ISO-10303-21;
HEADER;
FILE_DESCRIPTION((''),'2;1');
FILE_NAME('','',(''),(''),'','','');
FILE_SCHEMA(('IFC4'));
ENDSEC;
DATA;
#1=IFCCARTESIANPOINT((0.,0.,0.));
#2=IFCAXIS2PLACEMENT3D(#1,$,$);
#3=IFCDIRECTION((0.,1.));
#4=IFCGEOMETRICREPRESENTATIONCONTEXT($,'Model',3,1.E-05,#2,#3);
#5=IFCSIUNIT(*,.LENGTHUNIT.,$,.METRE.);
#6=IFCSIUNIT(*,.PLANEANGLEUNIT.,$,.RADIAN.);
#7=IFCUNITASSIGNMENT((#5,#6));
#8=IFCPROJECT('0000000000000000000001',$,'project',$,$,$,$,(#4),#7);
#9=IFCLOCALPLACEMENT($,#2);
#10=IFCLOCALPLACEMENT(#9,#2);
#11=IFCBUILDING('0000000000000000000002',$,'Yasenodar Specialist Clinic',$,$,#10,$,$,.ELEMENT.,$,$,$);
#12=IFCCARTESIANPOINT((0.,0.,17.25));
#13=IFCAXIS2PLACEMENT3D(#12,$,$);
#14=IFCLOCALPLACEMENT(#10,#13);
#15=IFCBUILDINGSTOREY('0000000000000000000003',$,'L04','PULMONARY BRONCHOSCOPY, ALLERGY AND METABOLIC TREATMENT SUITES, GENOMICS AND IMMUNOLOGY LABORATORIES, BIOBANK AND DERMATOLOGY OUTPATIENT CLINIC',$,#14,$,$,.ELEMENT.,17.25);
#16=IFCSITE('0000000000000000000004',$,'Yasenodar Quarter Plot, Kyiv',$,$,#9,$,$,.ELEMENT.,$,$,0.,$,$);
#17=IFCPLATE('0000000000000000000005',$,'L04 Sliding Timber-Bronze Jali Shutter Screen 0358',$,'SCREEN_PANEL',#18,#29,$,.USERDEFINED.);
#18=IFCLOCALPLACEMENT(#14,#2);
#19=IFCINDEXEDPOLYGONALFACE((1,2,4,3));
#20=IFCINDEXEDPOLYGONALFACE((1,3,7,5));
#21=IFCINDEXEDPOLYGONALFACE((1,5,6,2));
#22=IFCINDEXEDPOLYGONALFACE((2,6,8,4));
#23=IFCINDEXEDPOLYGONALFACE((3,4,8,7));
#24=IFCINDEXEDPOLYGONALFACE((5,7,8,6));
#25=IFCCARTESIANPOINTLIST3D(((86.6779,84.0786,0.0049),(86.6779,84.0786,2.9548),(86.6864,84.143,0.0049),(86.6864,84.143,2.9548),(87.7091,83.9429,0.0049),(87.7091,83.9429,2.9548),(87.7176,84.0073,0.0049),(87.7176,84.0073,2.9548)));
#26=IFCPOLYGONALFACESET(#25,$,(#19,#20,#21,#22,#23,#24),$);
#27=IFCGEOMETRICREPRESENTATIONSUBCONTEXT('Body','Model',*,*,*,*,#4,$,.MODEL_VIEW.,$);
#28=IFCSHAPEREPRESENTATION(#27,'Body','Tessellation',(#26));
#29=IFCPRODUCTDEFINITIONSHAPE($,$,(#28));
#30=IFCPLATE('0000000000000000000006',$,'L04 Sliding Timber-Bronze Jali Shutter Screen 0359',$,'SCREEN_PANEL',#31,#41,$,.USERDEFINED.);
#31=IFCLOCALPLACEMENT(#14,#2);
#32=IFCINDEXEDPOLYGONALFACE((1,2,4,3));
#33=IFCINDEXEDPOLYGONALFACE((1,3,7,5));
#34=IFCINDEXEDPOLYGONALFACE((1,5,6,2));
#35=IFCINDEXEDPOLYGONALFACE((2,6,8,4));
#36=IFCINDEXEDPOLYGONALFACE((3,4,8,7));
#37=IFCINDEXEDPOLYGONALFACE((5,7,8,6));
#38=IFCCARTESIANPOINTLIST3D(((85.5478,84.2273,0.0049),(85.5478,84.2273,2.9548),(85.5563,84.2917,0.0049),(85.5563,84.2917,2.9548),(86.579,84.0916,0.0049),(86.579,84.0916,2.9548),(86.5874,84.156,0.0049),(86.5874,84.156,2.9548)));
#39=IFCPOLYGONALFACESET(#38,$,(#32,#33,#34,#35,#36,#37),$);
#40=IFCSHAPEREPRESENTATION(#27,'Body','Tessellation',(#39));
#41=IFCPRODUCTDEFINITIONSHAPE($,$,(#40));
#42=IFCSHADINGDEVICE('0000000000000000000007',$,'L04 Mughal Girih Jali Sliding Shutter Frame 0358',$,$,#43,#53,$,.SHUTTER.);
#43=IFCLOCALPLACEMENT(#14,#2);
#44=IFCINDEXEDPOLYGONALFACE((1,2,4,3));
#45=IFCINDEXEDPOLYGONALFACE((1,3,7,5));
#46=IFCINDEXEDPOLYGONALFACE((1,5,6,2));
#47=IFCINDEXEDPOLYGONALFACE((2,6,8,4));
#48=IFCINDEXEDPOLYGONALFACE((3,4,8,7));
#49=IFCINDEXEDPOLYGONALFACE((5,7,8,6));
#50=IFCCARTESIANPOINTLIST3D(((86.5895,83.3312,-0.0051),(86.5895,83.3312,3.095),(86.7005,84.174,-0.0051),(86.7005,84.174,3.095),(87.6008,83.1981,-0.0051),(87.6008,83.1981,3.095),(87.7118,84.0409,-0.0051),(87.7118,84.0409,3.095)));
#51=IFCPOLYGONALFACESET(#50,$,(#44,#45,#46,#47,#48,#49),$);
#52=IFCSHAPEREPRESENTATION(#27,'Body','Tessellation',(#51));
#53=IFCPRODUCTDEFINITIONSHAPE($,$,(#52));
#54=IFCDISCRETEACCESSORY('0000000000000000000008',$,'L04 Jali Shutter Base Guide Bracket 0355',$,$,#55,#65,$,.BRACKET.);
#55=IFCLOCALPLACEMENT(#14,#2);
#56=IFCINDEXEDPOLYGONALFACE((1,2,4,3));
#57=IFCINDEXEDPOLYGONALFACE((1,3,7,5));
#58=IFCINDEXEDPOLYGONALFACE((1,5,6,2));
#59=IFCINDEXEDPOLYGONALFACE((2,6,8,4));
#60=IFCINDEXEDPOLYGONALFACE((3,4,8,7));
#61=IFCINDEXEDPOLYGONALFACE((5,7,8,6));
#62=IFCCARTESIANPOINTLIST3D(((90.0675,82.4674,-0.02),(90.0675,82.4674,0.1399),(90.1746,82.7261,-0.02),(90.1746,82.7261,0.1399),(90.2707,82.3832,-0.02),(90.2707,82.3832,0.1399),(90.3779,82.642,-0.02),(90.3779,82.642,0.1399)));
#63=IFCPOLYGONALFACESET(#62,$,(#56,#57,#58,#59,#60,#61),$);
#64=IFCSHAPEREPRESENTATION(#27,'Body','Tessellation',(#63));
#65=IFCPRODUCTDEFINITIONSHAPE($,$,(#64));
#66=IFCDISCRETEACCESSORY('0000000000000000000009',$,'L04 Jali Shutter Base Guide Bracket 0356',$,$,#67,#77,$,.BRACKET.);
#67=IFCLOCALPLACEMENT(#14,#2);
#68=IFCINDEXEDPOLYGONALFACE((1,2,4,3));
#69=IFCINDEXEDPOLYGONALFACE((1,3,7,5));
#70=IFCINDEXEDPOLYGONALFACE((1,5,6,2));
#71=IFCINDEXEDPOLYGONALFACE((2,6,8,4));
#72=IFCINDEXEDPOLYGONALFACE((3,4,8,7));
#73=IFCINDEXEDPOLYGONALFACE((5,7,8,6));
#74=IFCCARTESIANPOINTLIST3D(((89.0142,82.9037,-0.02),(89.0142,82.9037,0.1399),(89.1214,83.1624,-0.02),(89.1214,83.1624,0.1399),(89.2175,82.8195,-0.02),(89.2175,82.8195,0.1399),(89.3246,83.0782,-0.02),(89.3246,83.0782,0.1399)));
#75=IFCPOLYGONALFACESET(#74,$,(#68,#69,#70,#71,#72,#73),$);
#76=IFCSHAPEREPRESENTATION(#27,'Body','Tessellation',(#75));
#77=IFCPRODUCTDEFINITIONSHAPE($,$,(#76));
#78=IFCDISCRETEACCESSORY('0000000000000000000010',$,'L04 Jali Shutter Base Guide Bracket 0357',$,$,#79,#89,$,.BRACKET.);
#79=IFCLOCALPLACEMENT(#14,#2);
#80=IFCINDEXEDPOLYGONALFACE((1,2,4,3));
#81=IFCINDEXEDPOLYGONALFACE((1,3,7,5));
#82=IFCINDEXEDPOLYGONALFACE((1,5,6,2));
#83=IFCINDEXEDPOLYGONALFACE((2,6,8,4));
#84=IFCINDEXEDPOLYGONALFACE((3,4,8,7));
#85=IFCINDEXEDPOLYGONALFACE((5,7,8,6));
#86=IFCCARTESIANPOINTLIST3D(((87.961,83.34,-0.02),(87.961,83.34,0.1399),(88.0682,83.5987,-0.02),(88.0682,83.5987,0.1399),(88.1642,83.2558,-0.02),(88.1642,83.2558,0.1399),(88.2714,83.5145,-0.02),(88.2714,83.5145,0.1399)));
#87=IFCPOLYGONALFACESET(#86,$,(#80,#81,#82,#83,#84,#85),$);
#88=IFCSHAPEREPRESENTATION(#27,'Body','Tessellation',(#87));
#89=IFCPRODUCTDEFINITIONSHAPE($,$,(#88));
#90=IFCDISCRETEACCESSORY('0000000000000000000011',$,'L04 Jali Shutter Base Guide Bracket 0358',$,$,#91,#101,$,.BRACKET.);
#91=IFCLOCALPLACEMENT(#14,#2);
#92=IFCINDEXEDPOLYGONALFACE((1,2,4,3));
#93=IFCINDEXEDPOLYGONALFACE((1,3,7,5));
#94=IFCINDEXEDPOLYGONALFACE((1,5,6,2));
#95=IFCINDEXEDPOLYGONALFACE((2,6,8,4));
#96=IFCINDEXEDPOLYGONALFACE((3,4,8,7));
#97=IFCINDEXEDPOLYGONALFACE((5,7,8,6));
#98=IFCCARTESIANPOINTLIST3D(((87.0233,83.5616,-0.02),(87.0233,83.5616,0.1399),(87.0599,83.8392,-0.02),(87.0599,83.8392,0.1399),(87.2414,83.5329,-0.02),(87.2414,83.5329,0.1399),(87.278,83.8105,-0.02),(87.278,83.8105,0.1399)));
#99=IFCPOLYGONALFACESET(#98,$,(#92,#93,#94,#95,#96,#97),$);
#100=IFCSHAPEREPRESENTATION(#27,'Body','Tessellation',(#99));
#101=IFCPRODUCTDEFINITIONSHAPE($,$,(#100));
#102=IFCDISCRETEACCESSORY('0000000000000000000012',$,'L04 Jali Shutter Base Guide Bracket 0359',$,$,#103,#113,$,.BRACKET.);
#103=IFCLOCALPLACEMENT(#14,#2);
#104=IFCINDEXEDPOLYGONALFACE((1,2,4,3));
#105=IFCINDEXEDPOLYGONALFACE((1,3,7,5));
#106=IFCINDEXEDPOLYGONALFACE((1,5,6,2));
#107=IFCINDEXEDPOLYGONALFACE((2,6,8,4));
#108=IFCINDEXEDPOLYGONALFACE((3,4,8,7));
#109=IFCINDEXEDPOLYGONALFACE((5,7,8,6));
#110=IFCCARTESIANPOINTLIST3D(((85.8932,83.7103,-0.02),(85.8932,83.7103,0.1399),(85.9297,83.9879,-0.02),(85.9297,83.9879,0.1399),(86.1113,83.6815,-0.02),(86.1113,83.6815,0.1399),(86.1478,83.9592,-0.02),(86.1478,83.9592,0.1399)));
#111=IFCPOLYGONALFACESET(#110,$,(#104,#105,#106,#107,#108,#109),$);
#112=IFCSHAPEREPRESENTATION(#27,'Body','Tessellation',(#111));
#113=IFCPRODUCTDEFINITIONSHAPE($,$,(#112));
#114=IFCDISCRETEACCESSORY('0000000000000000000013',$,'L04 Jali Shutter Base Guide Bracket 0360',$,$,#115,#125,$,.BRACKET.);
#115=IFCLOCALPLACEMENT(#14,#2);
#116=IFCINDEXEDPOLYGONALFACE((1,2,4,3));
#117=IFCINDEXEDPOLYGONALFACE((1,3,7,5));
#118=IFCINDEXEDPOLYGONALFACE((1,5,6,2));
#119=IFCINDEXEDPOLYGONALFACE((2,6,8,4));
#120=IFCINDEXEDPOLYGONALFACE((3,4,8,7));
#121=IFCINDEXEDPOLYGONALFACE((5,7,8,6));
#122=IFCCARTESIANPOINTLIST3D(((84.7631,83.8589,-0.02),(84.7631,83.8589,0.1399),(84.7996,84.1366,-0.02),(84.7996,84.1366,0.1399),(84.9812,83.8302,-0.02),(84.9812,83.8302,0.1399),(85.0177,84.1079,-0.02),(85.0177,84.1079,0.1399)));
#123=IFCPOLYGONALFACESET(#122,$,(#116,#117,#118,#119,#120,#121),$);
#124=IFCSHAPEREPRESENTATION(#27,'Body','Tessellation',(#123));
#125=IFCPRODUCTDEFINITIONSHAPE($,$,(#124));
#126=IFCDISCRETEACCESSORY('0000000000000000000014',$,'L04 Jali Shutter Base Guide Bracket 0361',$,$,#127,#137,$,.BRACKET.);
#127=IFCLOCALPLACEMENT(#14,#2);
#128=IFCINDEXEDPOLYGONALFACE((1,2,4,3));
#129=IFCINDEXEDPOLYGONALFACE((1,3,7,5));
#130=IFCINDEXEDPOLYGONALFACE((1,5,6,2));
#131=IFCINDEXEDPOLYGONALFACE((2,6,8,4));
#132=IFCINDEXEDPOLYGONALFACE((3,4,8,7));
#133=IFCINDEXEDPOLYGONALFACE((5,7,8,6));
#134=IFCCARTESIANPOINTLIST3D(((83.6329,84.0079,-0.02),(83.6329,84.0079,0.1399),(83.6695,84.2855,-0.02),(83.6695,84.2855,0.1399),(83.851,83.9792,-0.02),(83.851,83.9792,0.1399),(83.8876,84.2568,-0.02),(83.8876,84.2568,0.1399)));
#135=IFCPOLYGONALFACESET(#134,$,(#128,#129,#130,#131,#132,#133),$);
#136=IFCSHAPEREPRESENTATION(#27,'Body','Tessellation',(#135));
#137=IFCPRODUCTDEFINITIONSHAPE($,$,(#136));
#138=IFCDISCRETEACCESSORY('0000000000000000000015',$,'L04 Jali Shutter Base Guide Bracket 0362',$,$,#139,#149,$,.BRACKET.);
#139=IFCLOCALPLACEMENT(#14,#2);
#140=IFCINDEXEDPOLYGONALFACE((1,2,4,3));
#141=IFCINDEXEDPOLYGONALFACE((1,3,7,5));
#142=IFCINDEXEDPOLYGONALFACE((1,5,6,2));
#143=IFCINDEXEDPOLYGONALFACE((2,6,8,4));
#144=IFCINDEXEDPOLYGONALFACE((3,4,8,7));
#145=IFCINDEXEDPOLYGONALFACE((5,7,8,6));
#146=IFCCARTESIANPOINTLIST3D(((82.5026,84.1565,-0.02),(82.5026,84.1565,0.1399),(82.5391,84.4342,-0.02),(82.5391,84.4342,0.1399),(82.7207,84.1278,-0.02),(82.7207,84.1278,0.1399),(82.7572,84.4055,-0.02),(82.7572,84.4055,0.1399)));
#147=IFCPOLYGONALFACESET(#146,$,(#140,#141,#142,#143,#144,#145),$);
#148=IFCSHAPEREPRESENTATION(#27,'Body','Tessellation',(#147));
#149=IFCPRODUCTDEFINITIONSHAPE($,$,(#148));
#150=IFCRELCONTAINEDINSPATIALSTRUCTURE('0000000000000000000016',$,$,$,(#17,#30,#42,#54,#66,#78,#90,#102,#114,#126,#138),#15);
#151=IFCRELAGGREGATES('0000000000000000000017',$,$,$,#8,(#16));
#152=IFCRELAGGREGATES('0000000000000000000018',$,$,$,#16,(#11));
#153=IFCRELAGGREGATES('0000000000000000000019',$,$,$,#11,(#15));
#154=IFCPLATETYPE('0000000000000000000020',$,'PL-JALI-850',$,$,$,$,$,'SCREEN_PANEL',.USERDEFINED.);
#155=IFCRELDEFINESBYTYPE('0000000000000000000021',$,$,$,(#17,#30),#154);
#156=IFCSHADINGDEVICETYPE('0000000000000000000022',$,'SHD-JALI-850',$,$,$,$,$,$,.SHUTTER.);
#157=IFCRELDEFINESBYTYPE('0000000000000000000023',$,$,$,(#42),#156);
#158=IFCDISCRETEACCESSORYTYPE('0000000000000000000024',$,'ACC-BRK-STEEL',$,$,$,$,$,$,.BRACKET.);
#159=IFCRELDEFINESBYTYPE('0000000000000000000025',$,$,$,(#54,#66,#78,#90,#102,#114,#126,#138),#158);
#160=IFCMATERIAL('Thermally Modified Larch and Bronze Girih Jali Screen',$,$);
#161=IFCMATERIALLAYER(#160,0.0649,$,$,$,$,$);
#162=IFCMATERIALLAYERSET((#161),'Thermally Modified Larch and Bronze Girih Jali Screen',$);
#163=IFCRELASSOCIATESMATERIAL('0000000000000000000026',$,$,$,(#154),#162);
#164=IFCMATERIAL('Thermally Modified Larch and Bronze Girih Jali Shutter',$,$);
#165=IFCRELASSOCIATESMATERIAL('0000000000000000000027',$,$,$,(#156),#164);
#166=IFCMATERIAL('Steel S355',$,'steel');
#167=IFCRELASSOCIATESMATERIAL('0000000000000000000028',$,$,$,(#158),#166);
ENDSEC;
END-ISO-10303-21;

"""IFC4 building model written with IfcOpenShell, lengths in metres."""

from ifc_helpers import new_model, si_unit, direction, frame, origin, origin_2d, place, context, subcontext, project, spatial, rectangle, extrude, material, layer, layer_set, type_object, element, save


model = new_model("IFC4")

# Units and contexts
model_context = context("Model", 3, precision=1e-05, world=origin(), true_north=direction((0.0, 1.0)))
body_context = subcontext(model_context, "Body", "Model", "MODEL_VIEW")
ifc_project = project(units=[si_unit("LENGTHUNIT", "METRE"), si_unit("PLANEANGLEUNIT", "RADIAN")], contexts=[model_context])

# Site, building, storey
site_placement = place(None, origin())
site = spatial("IfcSite", under=ifc_project, at=site_placement, Name="Yasenodar Quarter Plot, Kyiv", CompositionType="ELEMENT", RefElevation=0.0)
building_placement = place(site_placement, origin())
building = spatial("IfcBuilding", under=site, at=building_placement, Name="Yasenodar Specialist Clinic", CompositionType="ELEMENT")
storey_placement = place(building_placement, frame((0.0, 0.0, 17.25)))
storey = spatial("IfcBuildingStorey", under=building, at=storey_placement, Name="L04", Description="PULMONARY BRONCHOSCOPY, ALLERGY AND METABOLIC TREATMENT SUITES, GENOMICS AND IMMUNOLOGY LABORATORIES, BIOBANK AND DERMATOLOGY OUTPATIENT CLINIC", CompositionType="ELEMENT", Elevation=17.25)

# Plates
ifc_material_1 = material(Name="Thermally Modified Larch and Bronze Girih Jali Screen")
ifc_layer_1 = layer(ifc_material_1, 0.0649)
ifc_layer_set_1 = layer_set([ifc_layer_1], Name="Thermally Modified Larch and Bronze Girih Jali Screen")
plate_type_1 = type_object("IfcPlateType", Name="PL-JALI-850", ElementType="SCREEN_PANEL", PredefinedType="USERDEFINED", material=ifc_layer_set_1)
for number, where, z_axis, x_axis, name in (
    (1, (87.1978, 84.043, 0.0049), (0.0, 0.0, 1.0), (-0.991446, 0.130519, 0.0), "L04 Sliding Timber-Bronze Jali Shutter Screen 0358"),
    (2, (86.0676, 84.1917, 0.0049), (0.0, 0.0, 1.0), (-0.991446, 0.130519, 0.0), "L04 Sliding Timber-Bronze Jali Shutter Screen 0359"),
):
    element("IfcPlate", number, at=place(storey_placement, frame(where, z_axis=z_axis, x_axis=x_axis)), inside=storey, type_object=plate_type_1, Name=name, ObjectType="SCREEN_PANEL", PredefinedType="USERDEFINED", context=body_context, shape_type="SweptSolid", body=[
        extrude(rectangle(XDim=1.04, YDim=0.0649, at=origin_2d()), origin(), (0.0, 0.0, 1.0), 2.95),
    ])

# Shading device
ifc_material_2 = material(Name="Thermally Modified Larch and Bronze Girih Jali Shutter")
shading_device_type = type_object("IfcShadingDeviceType", Name="SHD-JALI-850", PredefinedType="SHUTTER", material=ifc_material_2)
shading_device_placement = place(storey_placement, frame((87.1506, 83.686, -0.0051), z_axis=(0.0, 0.0, 1.0), x_axis=(-0.991446, 0.130519, 0.0)))
element("IfcShadingDevice", 3, at=shading_device_placement, inside=storey, type_object=shading_device_type, Name="L04 Mughal Girih Jali Sliding Shutter Frame 0358", PredefinedType="SHUTTER", context=body_context, shape_type="SweptSolid", body=[
    extrude(rectangle(XDim=1.02, YDim=0.8501, at=origin_2d()), origin(), (0.0, 0.0, 1.0), 3.1001),
])

# Discrete accessories
ifc_material_3 = material(Name="Steel S355", Category="steel")
discrete_accessory_type = type_object("IfcDiscreteAccessoryType", Name="ACC-BRK-STEEL", PredefinedType="BRACKET", material=ifc_material_3)
for number, where, z_axis, x_axis, name in (
    (4, (90.2227, 82.5547, -0.02), (0.0, 0.0, 1.0), (-0.923878, 0.382687, 0.0), "L04 Jali Shutter Base Guide Bracket 0355"),
    (5, (89.1694, 82.991, -0.02), (0.0, 0.0, 1.0), (-0.923878, 0.382687, 0.0), "L04 Jali Shutter Base Guide Bracket 0356"),
    (6, (88.1162, 83.4272, -0.02), (0.0, 0.0, 1.0), (-0.923878, 0.382687, 0.0), "L04 Jali Shutter Base Guide Bracket 0357"),
    (7, (87.1506, 83.686, -0.02), (0.0, 0.0, 1.0), (-0.991446, 0.130519, 0.0), "L04 Jali Shutter Base Guide Bracket 0358"),
    (8, (86.0205, 83.8347, -0.02), (0.0, 0.0, 1.0), (-0.991446, 0.130519, 0.0), "L04 Jali Shutter Base Guide Bracket 0359"),
    (9, (84.8904, 83.9834, -0.02), (0.0, 0.0, 1.0), (-0.991446, 0.130519, 0.0), "L04 Jali Shutter Base Guide Bracket 0360"),
    (10, (83.7603, 84.1323, -0.02), (0.0, 0.0, 1.0), (-0.991446, 0.130519, 0.0), "L04 Jali Shutter Base Guide Bracket 0361"),
    (11, (82.6299, 84.281, -0.02), (0.0, 0.0, 1.0), (-0.991446, 0.130519, 0.0), "L04 Jali Shutter Base Guide Bracket 0362"),
):
    element("IfcDiscreteAccessory", number, at=place(storey_placement, frame(where, z_axis=z_axis, x_axis=x_axis)), inside=storey, type_object=discrete_accessory_type, Name=name, PredefinedType="BRACKET", context=body_context, shape_type="SweptSolid", body=[
        extrude(rectangle(XDim=0.22, YDim=0.28, at=origin_2d()), origin(), (0.0, 0.0, 1.0), 0.1599),
    ])

save(model, "model.ifc")
